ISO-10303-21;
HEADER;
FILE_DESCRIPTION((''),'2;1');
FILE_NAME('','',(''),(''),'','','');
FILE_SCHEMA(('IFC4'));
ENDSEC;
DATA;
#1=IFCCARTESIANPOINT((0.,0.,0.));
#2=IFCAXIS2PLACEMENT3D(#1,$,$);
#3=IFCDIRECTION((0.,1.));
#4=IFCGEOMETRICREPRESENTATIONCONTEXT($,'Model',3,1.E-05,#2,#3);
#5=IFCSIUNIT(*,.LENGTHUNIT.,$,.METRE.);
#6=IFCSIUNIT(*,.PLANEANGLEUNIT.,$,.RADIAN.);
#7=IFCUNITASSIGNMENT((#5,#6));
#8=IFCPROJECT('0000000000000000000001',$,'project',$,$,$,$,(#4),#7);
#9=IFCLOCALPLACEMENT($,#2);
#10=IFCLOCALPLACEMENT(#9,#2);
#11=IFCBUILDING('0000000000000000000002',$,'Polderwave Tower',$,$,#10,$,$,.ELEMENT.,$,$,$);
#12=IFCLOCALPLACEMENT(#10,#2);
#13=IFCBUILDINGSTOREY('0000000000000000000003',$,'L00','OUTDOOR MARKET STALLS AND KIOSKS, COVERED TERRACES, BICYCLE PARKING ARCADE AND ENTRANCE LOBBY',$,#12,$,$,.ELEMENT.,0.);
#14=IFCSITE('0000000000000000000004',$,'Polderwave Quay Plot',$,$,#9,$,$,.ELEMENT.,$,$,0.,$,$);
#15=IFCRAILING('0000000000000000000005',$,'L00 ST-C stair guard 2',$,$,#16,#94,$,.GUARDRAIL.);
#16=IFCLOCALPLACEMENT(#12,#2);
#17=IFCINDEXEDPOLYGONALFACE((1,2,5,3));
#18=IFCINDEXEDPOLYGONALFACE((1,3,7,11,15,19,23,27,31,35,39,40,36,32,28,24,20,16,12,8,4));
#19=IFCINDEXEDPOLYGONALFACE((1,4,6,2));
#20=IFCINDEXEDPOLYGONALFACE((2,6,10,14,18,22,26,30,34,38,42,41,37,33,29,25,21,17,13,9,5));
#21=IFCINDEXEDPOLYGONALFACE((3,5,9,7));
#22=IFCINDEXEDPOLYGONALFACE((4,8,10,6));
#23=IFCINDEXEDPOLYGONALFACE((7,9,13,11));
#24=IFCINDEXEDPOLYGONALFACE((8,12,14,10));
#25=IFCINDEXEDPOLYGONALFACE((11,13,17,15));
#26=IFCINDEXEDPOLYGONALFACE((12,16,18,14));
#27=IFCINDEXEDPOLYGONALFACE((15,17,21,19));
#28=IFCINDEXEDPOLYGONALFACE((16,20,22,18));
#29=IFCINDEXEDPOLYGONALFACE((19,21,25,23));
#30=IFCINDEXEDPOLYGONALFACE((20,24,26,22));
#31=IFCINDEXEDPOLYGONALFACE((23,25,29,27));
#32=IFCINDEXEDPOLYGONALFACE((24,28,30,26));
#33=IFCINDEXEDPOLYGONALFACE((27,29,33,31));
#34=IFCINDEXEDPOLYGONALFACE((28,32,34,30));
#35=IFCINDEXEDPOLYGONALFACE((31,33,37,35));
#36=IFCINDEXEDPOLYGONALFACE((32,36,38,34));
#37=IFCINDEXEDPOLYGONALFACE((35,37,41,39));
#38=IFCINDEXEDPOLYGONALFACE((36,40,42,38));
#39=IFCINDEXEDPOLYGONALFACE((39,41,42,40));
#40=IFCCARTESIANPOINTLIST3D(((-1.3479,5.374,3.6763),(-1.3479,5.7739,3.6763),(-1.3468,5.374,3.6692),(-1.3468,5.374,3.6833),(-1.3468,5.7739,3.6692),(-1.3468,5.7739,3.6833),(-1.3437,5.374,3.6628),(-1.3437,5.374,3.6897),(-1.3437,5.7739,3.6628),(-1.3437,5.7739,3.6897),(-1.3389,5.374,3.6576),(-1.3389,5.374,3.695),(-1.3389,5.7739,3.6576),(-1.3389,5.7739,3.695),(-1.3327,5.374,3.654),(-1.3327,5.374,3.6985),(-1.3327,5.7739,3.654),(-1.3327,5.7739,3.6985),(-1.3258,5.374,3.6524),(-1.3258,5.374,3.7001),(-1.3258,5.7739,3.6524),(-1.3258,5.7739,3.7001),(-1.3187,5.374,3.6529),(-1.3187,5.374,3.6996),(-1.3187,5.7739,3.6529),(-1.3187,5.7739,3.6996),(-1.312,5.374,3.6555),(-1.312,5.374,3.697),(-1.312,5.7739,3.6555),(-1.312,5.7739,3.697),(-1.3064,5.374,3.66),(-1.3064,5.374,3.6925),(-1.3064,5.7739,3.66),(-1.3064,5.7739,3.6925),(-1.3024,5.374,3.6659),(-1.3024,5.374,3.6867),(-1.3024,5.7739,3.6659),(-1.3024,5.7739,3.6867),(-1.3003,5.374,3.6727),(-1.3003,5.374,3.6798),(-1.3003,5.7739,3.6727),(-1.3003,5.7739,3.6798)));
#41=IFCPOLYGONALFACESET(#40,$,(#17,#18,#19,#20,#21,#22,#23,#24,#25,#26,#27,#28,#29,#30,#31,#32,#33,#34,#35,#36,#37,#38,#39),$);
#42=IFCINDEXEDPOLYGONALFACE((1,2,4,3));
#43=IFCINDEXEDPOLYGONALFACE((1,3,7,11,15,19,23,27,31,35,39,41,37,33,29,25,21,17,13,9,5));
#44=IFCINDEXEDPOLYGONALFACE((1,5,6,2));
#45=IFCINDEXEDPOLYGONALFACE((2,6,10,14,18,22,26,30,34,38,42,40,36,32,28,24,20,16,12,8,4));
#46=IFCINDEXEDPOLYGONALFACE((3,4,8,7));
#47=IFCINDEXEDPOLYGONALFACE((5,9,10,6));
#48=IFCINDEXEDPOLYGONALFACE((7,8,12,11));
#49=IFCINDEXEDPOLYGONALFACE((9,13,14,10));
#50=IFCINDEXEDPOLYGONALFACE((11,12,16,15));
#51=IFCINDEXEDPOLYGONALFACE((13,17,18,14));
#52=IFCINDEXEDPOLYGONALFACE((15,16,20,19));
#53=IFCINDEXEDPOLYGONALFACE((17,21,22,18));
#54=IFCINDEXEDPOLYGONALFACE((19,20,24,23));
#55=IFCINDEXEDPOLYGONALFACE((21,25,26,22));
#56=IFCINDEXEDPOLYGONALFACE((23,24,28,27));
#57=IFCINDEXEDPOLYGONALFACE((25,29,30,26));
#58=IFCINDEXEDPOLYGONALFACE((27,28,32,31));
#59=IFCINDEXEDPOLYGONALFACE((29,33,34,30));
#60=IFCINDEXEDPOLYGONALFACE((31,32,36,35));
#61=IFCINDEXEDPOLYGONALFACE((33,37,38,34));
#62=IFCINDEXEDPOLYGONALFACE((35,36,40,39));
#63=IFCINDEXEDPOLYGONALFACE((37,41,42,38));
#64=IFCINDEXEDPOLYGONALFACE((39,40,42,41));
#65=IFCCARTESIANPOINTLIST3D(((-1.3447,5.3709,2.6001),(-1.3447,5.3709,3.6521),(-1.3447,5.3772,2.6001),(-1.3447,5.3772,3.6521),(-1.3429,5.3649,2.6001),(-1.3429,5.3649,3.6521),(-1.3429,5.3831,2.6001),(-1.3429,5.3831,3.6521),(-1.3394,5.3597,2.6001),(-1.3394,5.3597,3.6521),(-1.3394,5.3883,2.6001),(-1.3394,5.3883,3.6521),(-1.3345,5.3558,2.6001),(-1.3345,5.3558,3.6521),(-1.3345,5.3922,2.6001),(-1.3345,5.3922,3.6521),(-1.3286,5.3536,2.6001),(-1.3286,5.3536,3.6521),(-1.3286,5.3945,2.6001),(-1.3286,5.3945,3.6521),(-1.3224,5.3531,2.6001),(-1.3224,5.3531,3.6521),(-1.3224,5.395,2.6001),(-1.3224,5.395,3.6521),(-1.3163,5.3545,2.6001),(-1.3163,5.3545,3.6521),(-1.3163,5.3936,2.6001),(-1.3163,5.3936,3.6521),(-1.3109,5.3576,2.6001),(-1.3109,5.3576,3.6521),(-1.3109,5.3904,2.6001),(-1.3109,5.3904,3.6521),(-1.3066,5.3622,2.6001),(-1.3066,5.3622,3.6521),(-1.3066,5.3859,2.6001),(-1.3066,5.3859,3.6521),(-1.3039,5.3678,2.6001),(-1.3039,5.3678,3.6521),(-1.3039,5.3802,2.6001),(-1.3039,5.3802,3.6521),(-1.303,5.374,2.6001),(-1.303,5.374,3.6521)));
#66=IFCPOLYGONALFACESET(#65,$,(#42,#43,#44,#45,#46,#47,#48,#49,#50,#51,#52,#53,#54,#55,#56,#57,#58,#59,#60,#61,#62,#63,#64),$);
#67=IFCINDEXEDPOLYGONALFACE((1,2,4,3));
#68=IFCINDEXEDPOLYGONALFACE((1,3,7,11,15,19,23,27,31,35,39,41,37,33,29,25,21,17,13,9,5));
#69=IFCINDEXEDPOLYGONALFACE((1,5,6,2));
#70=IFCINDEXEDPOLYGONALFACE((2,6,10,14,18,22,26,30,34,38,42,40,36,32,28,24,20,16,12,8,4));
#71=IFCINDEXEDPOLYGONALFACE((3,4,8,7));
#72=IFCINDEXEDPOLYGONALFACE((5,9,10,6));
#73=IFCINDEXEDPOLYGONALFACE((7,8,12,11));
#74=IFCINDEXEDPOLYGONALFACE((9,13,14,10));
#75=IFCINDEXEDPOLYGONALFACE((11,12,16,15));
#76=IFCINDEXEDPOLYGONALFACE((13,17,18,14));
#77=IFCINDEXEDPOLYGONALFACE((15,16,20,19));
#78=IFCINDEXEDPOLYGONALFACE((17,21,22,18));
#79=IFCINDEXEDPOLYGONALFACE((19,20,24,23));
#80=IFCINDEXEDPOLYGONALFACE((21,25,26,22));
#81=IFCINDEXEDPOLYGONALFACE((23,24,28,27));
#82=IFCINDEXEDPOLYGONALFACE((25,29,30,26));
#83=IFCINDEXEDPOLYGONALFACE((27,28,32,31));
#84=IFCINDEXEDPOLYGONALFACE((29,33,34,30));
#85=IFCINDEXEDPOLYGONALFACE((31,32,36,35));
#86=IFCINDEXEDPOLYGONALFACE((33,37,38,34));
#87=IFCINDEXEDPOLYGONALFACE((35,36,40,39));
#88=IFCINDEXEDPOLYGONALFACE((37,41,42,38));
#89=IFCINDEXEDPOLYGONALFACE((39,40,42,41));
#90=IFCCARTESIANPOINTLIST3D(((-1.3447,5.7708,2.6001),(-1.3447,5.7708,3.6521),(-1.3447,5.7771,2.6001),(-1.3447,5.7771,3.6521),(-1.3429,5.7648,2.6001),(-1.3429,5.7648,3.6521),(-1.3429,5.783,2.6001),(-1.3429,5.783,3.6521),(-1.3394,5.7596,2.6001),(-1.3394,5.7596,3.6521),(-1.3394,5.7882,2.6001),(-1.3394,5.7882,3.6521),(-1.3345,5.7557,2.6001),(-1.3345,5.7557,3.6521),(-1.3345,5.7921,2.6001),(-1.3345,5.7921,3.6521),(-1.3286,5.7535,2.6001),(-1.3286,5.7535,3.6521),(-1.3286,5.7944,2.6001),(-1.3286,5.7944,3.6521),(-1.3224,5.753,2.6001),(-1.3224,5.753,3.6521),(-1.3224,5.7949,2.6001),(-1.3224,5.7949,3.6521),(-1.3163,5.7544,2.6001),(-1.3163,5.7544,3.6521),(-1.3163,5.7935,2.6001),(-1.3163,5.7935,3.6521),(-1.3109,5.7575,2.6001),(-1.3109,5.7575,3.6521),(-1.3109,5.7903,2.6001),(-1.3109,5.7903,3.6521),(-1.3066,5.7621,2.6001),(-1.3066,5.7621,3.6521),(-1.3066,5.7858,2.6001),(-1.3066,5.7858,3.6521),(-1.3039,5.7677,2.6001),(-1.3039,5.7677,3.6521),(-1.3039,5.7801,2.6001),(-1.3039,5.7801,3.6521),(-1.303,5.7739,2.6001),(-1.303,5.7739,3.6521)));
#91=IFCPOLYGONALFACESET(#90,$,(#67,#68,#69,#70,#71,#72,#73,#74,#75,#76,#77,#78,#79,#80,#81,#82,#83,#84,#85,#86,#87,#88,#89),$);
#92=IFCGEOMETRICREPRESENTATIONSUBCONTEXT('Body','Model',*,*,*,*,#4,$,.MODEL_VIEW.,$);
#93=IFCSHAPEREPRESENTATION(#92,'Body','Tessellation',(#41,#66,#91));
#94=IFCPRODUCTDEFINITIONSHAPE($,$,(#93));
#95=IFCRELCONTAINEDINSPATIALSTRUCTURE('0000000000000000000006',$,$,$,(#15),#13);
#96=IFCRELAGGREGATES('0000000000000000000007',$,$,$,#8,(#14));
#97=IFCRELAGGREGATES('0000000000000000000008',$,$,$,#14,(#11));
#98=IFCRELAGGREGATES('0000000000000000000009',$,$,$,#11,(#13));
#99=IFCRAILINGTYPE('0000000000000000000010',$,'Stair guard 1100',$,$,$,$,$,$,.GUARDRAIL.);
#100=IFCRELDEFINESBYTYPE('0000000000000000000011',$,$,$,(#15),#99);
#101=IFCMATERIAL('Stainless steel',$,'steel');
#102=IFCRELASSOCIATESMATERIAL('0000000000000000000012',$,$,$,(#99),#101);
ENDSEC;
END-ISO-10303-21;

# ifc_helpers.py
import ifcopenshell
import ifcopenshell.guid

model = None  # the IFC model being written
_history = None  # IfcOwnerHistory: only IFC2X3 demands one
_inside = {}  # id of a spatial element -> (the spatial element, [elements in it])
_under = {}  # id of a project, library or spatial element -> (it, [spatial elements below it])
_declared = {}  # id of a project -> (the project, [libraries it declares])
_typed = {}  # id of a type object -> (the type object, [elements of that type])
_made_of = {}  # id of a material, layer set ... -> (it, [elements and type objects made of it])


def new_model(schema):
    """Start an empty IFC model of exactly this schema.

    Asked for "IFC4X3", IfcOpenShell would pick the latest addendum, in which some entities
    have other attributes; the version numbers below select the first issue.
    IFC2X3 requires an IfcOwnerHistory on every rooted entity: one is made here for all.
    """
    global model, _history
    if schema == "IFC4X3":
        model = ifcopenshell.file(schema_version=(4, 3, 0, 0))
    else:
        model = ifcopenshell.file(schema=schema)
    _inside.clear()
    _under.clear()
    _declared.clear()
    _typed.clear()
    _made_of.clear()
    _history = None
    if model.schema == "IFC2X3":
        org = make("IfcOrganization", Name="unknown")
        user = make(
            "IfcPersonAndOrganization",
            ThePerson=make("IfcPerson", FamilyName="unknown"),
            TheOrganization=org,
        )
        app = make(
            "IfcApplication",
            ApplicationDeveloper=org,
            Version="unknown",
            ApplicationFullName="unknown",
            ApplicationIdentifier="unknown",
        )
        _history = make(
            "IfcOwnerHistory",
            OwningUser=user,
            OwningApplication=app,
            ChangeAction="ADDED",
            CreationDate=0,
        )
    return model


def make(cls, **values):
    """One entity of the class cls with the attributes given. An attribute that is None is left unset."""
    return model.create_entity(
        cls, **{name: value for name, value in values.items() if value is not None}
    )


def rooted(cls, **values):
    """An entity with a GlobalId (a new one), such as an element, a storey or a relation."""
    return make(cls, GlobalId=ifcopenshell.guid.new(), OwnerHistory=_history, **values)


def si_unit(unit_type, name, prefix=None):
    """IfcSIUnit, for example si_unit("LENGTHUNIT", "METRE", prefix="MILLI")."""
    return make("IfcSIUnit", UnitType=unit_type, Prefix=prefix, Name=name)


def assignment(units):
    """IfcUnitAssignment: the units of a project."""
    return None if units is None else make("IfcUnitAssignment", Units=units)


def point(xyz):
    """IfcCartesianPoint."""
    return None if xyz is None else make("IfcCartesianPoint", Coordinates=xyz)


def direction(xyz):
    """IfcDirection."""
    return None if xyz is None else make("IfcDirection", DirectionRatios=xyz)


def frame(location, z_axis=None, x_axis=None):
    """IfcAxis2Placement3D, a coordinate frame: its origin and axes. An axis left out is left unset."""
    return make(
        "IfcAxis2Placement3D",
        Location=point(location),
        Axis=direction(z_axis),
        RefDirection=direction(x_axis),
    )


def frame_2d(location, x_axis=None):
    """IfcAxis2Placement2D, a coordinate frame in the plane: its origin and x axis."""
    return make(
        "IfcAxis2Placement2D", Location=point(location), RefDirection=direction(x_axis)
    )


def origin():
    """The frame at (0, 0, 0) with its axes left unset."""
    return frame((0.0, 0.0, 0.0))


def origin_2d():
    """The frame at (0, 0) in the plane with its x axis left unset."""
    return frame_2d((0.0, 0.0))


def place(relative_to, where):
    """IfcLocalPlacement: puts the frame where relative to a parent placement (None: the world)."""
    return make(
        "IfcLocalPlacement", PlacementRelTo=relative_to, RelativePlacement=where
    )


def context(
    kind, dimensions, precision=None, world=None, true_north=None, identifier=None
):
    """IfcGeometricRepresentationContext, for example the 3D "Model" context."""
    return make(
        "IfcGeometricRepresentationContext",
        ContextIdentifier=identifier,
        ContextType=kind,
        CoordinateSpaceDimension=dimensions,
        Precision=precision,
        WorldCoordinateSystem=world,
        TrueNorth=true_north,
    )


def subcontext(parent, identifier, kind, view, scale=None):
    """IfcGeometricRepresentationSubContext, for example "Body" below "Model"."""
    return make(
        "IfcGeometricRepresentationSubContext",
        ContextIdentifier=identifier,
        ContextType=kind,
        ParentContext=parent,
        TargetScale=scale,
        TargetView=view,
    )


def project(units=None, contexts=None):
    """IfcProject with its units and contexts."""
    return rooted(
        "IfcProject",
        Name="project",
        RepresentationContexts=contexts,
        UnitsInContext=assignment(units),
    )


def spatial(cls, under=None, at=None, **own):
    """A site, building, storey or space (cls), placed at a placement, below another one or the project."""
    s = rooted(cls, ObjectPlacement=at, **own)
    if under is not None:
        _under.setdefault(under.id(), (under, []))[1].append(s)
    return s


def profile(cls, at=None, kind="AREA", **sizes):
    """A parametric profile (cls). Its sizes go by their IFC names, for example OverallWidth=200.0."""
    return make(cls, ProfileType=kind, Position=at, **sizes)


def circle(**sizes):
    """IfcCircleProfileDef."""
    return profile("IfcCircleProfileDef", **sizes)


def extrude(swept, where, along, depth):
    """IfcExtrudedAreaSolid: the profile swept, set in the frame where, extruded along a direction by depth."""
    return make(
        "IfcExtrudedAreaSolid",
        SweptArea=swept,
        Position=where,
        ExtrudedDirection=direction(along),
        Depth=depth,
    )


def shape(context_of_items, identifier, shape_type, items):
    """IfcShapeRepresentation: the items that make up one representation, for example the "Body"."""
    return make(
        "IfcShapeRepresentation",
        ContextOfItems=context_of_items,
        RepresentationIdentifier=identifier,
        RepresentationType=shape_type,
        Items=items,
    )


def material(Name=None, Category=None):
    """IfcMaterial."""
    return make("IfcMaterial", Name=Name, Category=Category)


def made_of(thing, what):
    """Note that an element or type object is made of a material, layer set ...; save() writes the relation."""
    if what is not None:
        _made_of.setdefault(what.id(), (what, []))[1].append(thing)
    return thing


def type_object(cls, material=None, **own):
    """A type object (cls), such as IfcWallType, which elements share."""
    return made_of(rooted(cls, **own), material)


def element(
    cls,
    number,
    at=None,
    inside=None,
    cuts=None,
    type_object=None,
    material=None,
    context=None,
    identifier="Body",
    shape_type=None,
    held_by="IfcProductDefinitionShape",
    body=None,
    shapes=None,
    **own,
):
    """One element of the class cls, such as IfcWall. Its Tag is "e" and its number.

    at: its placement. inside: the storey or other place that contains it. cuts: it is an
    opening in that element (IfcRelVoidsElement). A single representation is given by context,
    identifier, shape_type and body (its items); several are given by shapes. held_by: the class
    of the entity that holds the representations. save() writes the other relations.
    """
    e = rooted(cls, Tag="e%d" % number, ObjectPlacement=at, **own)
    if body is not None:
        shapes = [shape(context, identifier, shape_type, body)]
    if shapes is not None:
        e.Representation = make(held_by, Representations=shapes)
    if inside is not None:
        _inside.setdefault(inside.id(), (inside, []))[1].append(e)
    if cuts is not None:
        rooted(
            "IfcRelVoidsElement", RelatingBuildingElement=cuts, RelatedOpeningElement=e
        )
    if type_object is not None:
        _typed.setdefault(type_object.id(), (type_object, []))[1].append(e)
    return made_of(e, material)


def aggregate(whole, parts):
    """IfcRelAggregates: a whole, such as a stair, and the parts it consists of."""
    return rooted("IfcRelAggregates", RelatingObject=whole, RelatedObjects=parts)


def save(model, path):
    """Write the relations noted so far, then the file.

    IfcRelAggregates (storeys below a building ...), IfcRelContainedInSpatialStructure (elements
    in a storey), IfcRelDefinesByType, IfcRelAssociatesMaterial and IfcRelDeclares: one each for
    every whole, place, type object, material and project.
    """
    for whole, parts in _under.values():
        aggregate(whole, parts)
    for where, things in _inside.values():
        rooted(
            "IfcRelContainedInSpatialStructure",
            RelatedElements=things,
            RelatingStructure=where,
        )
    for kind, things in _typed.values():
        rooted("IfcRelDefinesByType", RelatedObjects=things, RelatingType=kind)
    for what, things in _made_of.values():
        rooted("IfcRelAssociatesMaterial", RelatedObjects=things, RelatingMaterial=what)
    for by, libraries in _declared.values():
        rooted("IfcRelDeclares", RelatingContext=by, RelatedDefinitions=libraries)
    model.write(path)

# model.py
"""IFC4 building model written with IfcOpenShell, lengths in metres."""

from ifc_helpers import new_model, si_unit, direction, frame, origin, origin_2d, place, context, subcontext, project, spatial, circle, extrude, material, type_object, element, save


model = new_model("IFC4")

# Units and contexts
model_context = context("Model", 3, precision=1e-05, world=origin(), true_north=direction((0.0, 1.0)))
body_context = subcontext(model_context, "Body", "Model", "MODEL_VIEW")
ifc_project = project(units=[si_unit("LENGTHUNIT", "METRE"), si_unit("PLANEANGLEUNIT", "RADIAN")], contexts=[model_context])

# Site, building, storey
site_placement = place(None, origin())
site = spatial("IfcSite", under=ifc_project, at=site_placement, Name="Polderwave Quay Plot", CompositionType="ELEMENT", RefElevation=0.0)
building_placement = place(site_placement, origin())
building = spatial("IfcBuilding", under=site, at=building_placement, Name="Polderwave Tower", CompositionType="ELEMENT")
storey_placement = place(building_placement, origin())
storey = spatial("IfcBuildingStorey", under=building, at=storey_placement, Name="L00", Description="OUTDOOR MARKET STALLS AND KIOSKS, COVERED TERRACES, BICYCLE PARKING ARCADE AND ENTRANCE LOBBY", CompositionType="ELEMENT", Elevation=0.0)

# Railing
ifc_material_1 = material(Name="Stainless steel", Category="steel")
railing_type_1 = type_object("IfcRailingType", Name="Stair guard 1100", PredefinedType="GUARDRAIL", material=ifc_material_1)
railing_1_placement = place(storey_placement, frame((-1.324, 5.374, 2.6001)))
element("IfcRailing", 1, at=railing_1_placement, inside=storey, type_object=railing_type_1, Name="L00 ST-C stair guard 2", PredefinedType="GUARDRAIL", context=body_context, shape_type="SweptSolid", body=[
    extrude(circle(Radius=0.0239, at=origin_2d()), frame((0.0, 0.0, 1.0762), z_axis=(0.0, 1.0, 0.0), x_axis=(-1.0, 0.0, 0.0)), (0.0, 0.0, 1.0), 0.3999),
    extrude(circle(Radius=0.021, at=origin_2d()), origin(), (0.0, 0.0, 1.0), 1.052),
    extrude(circle(Radius=0.021, at=origin_2d()), frame((0.0, 0.3999, 0.0)), (0.0, 0.0, 1.0), 1.052),
])

save(model, "model.ifc")
